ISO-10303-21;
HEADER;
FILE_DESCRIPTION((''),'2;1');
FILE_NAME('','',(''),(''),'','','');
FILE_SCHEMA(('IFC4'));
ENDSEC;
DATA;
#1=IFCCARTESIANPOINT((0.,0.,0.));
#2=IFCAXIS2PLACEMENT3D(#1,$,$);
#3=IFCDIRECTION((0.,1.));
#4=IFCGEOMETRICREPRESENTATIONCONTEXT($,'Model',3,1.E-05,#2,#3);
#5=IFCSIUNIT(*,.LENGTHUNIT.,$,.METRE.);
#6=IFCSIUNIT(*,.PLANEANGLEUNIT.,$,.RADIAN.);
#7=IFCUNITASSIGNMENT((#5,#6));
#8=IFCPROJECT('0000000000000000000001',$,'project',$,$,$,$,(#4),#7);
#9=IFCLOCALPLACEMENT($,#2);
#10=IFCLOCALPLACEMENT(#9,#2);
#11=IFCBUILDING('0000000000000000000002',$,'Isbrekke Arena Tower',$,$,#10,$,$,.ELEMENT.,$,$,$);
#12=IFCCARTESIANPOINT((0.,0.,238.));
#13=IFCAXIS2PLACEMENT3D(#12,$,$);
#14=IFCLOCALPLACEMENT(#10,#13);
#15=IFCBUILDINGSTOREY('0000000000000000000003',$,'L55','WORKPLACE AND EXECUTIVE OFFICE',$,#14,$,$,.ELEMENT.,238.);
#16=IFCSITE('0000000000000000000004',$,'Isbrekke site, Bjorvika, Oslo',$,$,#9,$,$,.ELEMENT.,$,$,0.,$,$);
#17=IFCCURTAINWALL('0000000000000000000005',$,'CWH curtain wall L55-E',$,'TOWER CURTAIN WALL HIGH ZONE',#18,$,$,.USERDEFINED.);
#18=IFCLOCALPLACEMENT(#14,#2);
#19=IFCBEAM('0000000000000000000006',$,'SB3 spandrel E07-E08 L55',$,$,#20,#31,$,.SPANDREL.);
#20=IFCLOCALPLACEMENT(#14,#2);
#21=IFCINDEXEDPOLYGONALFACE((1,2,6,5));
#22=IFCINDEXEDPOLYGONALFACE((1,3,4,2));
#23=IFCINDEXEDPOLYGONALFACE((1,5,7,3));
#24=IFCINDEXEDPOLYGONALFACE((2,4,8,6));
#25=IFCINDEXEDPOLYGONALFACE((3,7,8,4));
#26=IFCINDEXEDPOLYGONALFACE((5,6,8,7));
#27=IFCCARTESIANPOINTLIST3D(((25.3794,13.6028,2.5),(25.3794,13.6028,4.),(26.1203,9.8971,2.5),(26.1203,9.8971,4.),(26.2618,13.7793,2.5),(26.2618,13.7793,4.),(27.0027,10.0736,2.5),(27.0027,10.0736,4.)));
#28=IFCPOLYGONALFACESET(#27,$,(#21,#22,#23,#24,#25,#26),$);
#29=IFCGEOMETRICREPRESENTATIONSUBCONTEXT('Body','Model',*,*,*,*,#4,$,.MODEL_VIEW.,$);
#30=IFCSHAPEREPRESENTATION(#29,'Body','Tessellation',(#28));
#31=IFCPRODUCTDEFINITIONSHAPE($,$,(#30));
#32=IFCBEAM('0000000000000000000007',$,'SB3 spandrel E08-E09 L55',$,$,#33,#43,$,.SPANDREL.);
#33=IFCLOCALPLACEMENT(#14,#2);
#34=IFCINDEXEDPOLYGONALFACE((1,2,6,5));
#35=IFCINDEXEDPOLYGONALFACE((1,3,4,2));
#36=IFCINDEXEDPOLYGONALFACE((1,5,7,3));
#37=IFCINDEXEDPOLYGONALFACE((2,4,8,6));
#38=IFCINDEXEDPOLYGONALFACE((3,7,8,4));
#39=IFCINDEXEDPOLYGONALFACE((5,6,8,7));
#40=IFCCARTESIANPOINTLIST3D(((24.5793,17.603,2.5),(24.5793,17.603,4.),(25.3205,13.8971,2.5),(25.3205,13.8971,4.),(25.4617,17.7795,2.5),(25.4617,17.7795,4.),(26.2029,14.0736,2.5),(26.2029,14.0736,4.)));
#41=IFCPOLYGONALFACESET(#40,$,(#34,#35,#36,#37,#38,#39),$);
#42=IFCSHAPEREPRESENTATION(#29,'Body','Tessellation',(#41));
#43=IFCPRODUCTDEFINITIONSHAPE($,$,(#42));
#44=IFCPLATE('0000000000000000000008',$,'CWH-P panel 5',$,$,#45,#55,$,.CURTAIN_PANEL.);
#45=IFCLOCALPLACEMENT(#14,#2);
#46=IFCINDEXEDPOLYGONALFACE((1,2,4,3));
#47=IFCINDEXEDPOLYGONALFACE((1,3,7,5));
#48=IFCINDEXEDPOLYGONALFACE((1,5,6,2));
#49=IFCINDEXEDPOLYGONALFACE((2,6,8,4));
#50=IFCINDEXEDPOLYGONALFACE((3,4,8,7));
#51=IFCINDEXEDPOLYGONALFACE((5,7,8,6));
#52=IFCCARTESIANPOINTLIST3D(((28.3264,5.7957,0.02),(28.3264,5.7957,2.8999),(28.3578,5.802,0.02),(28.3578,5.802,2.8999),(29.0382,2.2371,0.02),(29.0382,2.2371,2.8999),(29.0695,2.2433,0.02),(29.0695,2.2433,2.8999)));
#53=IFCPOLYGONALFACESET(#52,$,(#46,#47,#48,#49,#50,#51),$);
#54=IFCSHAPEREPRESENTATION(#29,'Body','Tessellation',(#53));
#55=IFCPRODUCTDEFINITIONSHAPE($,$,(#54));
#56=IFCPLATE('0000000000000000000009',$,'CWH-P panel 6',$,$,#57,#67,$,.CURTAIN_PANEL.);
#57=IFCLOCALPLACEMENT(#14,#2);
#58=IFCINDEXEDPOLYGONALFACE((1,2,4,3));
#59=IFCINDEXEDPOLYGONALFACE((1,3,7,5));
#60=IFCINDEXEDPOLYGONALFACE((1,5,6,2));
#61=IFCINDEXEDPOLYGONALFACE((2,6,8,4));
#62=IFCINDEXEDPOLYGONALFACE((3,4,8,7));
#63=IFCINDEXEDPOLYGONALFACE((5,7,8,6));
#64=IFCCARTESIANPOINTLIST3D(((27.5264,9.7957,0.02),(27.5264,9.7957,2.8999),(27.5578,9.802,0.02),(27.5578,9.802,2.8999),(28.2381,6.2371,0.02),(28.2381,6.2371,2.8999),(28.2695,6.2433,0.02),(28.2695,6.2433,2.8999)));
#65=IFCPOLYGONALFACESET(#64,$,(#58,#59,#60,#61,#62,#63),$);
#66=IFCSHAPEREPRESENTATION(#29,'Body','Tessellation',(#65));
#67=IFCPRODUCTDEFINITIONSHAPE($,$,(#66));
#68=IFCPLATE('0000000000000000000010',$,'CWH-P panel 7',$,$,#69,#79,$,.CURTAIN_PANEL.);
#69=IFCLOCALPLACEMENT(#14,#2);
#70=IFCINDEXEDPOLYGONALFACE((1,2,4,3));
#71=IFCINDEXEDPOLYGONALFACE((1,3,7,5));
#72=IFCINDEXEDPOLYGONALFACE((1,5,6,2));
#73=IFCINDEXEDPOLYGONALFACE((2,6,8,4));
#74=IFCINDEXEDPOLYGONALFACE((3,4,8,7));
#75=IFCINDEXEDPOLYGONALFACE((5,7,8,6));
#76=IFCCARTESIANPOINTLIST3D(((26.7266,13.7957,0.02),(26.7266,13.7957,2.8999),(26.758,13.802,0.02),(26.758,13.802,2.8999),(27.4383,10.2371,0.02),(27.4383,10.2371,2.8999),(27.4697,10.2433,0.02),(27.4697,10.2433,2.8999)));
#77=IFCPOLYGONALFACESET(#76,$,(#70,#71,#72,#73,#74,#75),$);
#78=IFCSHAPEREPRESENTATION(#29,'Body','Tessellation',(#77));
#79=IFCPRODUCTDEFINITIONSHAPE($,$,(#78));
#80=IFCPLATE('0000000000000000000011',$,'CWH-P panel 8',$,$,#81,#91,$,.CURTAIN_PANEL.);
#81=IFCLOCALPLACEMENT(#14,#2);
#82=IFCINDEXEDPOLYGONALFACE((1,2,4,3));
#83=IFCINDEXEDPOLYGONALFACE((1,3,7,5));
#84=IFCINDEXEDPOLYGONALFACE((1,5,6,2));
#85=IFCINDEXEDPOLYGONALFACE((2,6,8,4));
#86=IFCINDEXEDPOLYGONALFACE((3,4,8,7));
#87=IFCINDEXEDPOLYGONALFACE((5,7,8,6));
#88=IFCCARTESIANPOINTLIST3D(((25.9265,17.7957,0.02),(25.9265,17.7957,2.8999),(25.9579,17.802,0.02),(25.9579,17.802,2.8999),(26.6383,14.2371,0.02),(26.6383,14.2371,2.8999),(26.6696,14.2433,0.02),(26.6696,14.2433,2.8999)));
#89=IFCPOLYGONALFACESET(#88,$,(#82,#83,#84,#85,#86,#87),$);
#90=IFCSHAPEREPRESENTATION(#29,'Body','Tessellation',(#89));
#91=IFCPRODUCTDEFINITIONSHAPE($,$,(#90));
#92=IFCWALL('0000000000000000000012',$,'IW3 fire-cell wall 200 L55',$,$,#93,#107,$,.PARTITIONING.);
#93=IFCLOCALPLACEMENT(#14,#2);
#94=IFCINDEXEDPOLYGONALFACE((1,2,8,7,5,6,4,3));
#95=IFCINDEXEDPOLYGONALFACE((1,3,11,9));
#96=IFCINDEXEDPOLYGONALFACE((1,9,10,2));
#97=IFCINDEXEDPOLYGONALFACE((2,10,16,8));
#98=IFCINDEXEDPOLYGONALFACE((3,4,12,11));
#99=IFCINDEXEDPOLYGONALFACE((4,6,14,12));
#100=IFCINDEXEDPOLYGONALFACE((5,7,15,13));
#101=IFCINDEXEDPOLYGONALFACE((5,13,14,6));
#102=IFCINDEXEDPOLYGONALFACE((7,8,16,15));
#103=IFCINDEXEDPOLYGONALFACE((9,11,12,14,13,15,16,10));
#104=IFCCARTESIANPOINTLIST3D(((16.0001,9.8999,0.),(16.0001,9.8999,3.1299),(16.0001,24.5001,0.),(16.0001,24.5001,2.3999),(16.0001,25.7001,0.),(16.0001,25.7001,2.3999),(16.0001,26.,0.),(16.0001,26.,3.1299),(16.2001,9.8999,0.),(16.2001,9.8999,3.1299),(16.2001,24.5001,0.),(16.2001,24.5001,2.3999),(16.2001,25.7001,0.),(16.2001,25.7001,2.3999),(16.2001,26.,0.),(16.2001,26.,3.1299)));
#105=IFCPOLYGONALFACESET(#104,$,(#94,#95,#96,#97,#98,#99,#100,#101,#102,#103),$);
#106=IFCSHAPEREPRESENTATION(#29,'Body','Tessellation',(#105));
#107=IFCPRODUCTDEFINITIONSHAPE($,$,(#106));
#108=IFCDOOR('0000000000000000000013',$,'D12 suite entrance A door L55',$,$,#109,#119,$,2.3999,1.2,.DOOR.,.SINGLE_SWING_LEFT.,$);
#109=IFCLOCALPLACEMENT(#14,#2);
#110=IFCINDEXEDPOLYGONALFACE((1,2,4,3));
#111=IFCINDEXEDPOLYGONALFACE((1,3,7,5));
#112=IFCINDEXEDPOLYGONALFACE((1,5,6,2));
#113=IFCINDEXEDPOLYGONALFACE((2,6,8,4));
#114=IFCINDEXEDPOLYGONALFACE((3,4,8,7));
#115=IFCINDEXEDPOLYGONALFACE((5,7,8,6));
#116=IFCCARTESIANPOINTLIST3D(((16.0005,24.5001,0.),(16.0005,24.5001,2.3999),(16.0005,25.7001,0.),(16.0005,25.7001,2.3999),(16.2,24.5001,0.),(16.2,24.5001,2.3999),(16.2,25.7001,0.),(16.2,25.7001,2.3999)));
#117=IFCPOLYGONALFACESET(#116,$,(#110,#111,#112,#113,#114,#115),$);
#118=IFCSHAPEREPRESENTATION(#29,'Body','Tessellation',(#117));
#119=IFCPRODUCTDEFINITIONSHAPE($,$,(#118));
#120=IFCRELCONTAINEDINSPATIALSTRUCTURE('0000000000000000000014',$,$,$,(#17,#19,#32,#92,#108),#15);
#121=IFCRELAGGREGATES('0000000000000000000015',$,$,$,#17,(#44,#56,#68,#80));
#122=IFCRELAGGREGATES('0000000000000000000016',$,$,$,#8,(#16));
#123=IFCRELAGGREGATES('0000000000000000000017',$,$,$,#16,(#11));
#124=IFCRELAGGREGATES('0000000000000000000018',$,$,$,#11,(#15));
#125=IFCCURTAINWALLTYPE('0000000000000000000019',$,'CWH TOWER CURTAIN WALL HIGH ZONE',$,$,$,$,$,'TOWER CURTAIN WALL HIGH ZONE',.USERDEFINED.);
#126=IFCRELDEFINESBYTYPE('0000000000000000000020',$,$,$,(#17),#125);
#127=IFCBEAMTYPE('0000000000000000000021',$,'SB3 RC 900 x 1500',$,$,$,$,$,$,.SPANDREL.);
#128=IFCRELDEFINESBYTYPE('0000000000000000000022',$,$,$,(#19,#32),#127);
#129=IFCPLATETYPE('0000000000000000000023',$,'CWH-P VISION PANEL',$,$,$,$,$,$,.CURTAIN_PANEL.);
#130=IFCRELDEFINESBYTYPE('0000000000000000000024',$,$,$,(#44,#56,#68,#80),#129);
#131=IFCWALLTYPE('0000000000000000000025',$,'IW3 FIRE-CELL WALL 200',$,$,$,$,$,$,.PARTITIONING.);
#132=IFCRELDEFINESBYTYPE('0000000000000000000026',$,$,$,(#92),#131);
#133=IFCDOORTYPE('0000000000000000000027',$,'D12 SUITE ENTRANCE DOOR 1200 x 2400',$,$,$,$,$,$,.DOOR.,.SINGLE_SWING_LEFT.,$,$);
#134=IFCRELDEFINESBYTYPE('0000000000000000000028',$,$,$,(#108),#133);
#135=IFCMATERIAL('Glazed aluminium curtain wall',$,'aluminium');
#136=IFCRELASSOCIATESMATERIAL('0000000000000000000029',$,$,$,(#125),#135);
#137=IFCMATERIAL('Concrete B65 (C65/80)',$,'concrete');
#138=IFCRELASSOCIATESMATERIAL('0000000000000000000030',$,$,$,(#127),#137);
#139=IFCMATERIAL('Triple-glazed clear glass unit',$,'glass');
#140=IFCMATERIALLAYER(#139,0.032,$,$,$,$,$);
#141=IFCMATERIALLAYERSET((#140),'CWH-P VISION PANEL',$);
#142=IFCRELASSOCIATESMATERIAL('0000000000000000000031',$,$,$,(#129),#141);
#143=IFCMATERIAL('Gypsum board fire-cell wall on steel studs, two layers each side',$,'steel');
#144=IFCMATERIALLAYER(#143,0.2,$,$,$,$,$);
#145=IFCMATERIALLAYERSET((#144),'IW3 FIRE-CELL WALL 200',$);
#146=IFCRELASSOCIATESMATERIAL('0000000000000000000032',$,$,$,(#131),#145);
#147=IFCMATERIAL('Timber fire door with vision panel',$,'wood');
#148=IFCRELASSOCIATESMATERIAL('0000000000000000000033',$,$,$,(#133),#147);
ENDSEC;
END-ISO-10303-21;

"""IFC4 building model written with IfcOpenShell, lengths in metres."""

from ifc_helpers import new_model, si_unit, direction, frame, frame_2d, origin, origin_2d, place, context, subcontext, project, spatial, rectangle, extrude, material, layer, layer_set, material_profile, profile_set, type_object, element, fill, aggregate, save


model = new_model("IFC4")

# Units and contexts
model_context = context("Model", 3, precision=1e-05, world=origin(), true_north=direction((0.0, 1.0)))
body_context = subcontext(model_context, "Body", "Model", "MODEL_VIEW")
ifc_project = project(units=[si_unit("LENGTHUNIT", "METRE"), si_unit("PLANEANGLEUNIT", "RADIAN")], contexts=[model_context])

# Site, building, storey
site_placement = place(None, origin())
site = spatial("IfcSite", under=ifc_project, at=site_placement, Name="Isbrekke site, Bjorvika, Oslo", CompositionType="ELEMENT", RefElevation=0.0)
building_placement = place(site_placement, origin())
building = spatial("IfcBuilding", under=site, at=building_placement, Name="Isbrekke Arena Tower", CompositionType="ELEMENT")
storey_placement = place(building_placement, frame((0.0, 0.0, 238.0)))
storey = spatial("IfcBuildingStorey", under=building, at=storey_placement, Name="L55", Description="WORKPLACE AND EXECUTIVE OFFICE", CompositionType="ELEMENT", Elevation=238.0)

# Curtain wall
ifc_material_1 = material(Name="Glazed aluminium curtain wall", Category="aluminium")
curtain_wall_type = type_object("IfcCurtainWallType", Name="CWH TOWER CURTAIN WALL HIGH ZONE", ElementType="TOWER CURTAIN WALL HIGH ZONE", PredefinedType="USERDEFINED", material=ifc_material_1)
curtain_wall_placement = place(storey_placement, origin())
curtain_wall = element("IfcCurtainWall", 1, at=curtain_wall_placement, inside=storey, type_object=curtain_wall_type, Name="CWH curtain wall L55-E", ObjectType="TOWER CURTAIN WALL HIGH ZONE", PredefinedType="USERDEFINED")

# Beams
ifc_material_2 = material(Name="Concrete B65 (C65/80)", Category="concrete")
ifc_material_profile_1 = material_profile(ifc_material_2, rectangle(XDim=0.8999, YDim=1.5, at=origin_2d()), Name="RC 900x1500")
ifc_profile_set_1 = profile_set([ifc_material_profile_1], Name="Concrete B65 (C65/80)")
beam_type_1 = type_object("IfcBeamType", Name="SB3 RC 900 x 1500", PredefinedType="SPANDREL", material=ifc_profile_set_1)
beam_1_placement = place(storey_placement, frame((26.5615, 9.9854, 3.25), z_axis=(-0.196066, 0.980591, 0.0), x_axis=(-0.980591, -0.196066, 0.0)))
element("IfcBeam", 2, at=beam_1_placement, inside=storey, type_object=beam_type_1, Name="SB3 spandrel E07-E08 L55", PredefinedType="SPANDREL", context=body_context, shape_type="SweptSolid", body=[
    extrude(rectangle(XDim=0.8999, YDim=1.5, at=origin_2d()), origin(), (0.0, 0.0, 1.0), 3.7791),
])
beam_2_placement = place(storey_placement, frame((25.7617, 13.9854, 3.25), z_axis=(-0.196129, 0.980578, 0.0), x_axis=(-0.980578, -0.196129, 0.0)))
element("IfcBeam", 3, at=beam_2_placement, inside=storey, type_object=beam_type_1, Name="SB3 spandrel E08-E09 L55", PredefinedType="SPANDREL", context=body_context, shape_type="SweptSolid", body=[
    extrude(rectangle(XDim=0.8999, YDim=1.5, at=origin_2d()), origin(), (0.0, 0.0, 1.0), 3.7793),
])

# Plates
ifc_material_3 = material(Name="Triple-glazed clear glass unit", Category="glass")
ifc_layer_1 = layer(ifc_material_3, 0.032)
ifc_layer_set_1 = layer_set([ifc_layer_1], Name="CWH-P VISION PANEL")
plate_type = type_object("IfcPlateType", Name="CWH-P VISION PANEL", PredefinedType="CURTAIN_PANEL", material=ifc_layer_set_1)
plate_1_placement = place(storey_placement, frame((28.698, 4.0195, 0.02), z_axis=(0.0, 0.0, 1.0), x_axis=(-0.196116, 0.980581, 0.0)))
plate_1 = element("IfcPlate", 4, at=plate_1_placement, type_object=plate_type, Name="CWH-P panel 5", PredefinedType="CURTAIN_PANEL", context=body_context, shape_type="SweptSolid", body=[
    extrude(rectangle(XDim=3.6292, YDim=0.032, at=origin_2d()), origin(), (0.0, 0.0, 1.0), 2.8799),
])
plate_2_placement = place(storey_placement, frame((27.8979, 8.0195, 0.02), z_axis=(0.0, 0.0, 1.0), x_axis=(-0.196116, 0.980581, 0.0)))
plate_2 = element("IfcPlate", 5, at=plate_2_placement, type_object=plate_type, Name="CWH-P panel 6", PredefinedType="CURTAIN_PANEL", context=body_context, shape_type="SweptSolid", body=[
    extrude(rectangle(XDim=3.6292, YDim=0.032, at=origin_2d()), origin(), (0.0, 0.0, 1.0), 2.8799),
])
plate_3_placement = place(storey_placement, frame((27.0981, 12.0195, 0.02), z_axis=(0.0, 0.0, 1.0), x_axis=(-0.196116, 0.980581, 0.0)))
plate_3 = element("IfcPlate", 6, at=plate_3_placement, type_object=plate_type, Name="CWH-P panel 7", PredefinedType="CURTAIN_PANEL", context=body_context, shape_type="SweptSolid", body=[
    extrude(rectangle(XDim=3.6292, YDim=0.032, at=origin_2d()), origin(), (0.0, 0.0, 1.0), 2.8799),
])
plate_4_placement = place(storey_placement, frame((26.2981, 16.0195, 0.02), z_axis=(0.0, 0.0, 1.0), x_axis=(-0.196116, 0.980581, 0.0)))
plate_4 = element("IfcPlate", 7, at=plate_4_placement, type_object=plate_type, Name="CWH-P panel 8", PredefinedType="CURTAIN_PANEL", context=body_context, shape_type="SweptSolid", body=[
    extrude(rectangle(XDim=3.6292, YDim=0.032, at=origin_2d()), origin(), (0.0, 0.0, 1.0), 2.8799),
])
aggregate(curtain_wall, [plate_1, plate_2, plate_3, plate_4])

# Wall, opening, door
ifc_material_4 = material(Name="Gypsum board fire-cell wall on steel studs, two layers each side", Category="steel")
ifc_layer_2 = layer(ifc_material_4, 0.2)
ifc_layer_set_2 = layer_set([ifc_layer_2], Name="IW3 FIRE-CELL WALL 200")
wall_type = type_object("IfcWallType", Name="IW3 FIRE-CELL WALL 200", PredefinedType="PARTITIONING", material=ifc_layer_set_2)
wall_placement = place(storey_placement, frame((16.1001, 9.8999, 0.0), z_axis=(0.0, 0.0, 1.0), x_axis=(0.0, 1.0, 0.0)))
wall = element("IfcWall", 8, at=wall_placement, inside=storey, type_object=wall_type, Name="IW3 fire-cell wall 200 L55", PredefinedType="PARTITIONING", context=body_context, shape_type="SweptSolid", body=[
    extrude(rectangle(XDim=16.1001, YDim=0.2, at=frame_2d((8.05, 0.0))), origin(), (0.0, 0.0, 1.0), 3.1299),
])
opening_placement = place(wall_placement, frame((14.6001, 0.0, 0.0)))
opening = element("IfcOpeningElement", 9, at=opening_placement, cuts=wall, PredefinedType="OPENING", context=body_context, shape_type="SweptSolid", body=[
    extrude(rectangle(XDim=1.2, YDim=2.3999, at=frame_2d((0.6001, 1.2))), frame((0.0, 0.1147, 0.0), z_axis=(0.0, -1.0, 0.0), x_axis=(1.0, 0.0, 0.0)), (0.0, 0.0, 1.0), 0.2297),
])
ifc_material_5 = material(Name="Timber fire door with vision panel", Category="wood")
door_type = type_object("IfcDoorType", Name="D12 SUITE ENTRANCE DOOR 1200 x 2400", OperationType="SINGLE_SWING_LEFT", PredefinedType="DOOR", material=ifc_material_5)
door_placement = place(opening_placement, origin())
door = element("IfcDoor", 10, at=door_placement, inside=storey, type_object=door_type, Name="D12 suite entrance A door L55", OperationType="SINGLE_SWING_LEFT", OverallHeight=2.3999, OverallWidth=1.2, PredefinedType="DOOR", context=body_context, shape_type="SweptSolid", body=[
    extrude(rectangle(XDim=1.2, YDim=2.3999, at=frame_2d((0.6001, 1.2))), frame((0.0, 0.0996, 0.0), z_axis=(0.0, -1.0, 0.0), x_axis=(1.0, 0.0, 0.0)), (0.0, 0.0, 1.0), 0.1995),
])
fill(opening, door)

save(model, "model.ifc")
